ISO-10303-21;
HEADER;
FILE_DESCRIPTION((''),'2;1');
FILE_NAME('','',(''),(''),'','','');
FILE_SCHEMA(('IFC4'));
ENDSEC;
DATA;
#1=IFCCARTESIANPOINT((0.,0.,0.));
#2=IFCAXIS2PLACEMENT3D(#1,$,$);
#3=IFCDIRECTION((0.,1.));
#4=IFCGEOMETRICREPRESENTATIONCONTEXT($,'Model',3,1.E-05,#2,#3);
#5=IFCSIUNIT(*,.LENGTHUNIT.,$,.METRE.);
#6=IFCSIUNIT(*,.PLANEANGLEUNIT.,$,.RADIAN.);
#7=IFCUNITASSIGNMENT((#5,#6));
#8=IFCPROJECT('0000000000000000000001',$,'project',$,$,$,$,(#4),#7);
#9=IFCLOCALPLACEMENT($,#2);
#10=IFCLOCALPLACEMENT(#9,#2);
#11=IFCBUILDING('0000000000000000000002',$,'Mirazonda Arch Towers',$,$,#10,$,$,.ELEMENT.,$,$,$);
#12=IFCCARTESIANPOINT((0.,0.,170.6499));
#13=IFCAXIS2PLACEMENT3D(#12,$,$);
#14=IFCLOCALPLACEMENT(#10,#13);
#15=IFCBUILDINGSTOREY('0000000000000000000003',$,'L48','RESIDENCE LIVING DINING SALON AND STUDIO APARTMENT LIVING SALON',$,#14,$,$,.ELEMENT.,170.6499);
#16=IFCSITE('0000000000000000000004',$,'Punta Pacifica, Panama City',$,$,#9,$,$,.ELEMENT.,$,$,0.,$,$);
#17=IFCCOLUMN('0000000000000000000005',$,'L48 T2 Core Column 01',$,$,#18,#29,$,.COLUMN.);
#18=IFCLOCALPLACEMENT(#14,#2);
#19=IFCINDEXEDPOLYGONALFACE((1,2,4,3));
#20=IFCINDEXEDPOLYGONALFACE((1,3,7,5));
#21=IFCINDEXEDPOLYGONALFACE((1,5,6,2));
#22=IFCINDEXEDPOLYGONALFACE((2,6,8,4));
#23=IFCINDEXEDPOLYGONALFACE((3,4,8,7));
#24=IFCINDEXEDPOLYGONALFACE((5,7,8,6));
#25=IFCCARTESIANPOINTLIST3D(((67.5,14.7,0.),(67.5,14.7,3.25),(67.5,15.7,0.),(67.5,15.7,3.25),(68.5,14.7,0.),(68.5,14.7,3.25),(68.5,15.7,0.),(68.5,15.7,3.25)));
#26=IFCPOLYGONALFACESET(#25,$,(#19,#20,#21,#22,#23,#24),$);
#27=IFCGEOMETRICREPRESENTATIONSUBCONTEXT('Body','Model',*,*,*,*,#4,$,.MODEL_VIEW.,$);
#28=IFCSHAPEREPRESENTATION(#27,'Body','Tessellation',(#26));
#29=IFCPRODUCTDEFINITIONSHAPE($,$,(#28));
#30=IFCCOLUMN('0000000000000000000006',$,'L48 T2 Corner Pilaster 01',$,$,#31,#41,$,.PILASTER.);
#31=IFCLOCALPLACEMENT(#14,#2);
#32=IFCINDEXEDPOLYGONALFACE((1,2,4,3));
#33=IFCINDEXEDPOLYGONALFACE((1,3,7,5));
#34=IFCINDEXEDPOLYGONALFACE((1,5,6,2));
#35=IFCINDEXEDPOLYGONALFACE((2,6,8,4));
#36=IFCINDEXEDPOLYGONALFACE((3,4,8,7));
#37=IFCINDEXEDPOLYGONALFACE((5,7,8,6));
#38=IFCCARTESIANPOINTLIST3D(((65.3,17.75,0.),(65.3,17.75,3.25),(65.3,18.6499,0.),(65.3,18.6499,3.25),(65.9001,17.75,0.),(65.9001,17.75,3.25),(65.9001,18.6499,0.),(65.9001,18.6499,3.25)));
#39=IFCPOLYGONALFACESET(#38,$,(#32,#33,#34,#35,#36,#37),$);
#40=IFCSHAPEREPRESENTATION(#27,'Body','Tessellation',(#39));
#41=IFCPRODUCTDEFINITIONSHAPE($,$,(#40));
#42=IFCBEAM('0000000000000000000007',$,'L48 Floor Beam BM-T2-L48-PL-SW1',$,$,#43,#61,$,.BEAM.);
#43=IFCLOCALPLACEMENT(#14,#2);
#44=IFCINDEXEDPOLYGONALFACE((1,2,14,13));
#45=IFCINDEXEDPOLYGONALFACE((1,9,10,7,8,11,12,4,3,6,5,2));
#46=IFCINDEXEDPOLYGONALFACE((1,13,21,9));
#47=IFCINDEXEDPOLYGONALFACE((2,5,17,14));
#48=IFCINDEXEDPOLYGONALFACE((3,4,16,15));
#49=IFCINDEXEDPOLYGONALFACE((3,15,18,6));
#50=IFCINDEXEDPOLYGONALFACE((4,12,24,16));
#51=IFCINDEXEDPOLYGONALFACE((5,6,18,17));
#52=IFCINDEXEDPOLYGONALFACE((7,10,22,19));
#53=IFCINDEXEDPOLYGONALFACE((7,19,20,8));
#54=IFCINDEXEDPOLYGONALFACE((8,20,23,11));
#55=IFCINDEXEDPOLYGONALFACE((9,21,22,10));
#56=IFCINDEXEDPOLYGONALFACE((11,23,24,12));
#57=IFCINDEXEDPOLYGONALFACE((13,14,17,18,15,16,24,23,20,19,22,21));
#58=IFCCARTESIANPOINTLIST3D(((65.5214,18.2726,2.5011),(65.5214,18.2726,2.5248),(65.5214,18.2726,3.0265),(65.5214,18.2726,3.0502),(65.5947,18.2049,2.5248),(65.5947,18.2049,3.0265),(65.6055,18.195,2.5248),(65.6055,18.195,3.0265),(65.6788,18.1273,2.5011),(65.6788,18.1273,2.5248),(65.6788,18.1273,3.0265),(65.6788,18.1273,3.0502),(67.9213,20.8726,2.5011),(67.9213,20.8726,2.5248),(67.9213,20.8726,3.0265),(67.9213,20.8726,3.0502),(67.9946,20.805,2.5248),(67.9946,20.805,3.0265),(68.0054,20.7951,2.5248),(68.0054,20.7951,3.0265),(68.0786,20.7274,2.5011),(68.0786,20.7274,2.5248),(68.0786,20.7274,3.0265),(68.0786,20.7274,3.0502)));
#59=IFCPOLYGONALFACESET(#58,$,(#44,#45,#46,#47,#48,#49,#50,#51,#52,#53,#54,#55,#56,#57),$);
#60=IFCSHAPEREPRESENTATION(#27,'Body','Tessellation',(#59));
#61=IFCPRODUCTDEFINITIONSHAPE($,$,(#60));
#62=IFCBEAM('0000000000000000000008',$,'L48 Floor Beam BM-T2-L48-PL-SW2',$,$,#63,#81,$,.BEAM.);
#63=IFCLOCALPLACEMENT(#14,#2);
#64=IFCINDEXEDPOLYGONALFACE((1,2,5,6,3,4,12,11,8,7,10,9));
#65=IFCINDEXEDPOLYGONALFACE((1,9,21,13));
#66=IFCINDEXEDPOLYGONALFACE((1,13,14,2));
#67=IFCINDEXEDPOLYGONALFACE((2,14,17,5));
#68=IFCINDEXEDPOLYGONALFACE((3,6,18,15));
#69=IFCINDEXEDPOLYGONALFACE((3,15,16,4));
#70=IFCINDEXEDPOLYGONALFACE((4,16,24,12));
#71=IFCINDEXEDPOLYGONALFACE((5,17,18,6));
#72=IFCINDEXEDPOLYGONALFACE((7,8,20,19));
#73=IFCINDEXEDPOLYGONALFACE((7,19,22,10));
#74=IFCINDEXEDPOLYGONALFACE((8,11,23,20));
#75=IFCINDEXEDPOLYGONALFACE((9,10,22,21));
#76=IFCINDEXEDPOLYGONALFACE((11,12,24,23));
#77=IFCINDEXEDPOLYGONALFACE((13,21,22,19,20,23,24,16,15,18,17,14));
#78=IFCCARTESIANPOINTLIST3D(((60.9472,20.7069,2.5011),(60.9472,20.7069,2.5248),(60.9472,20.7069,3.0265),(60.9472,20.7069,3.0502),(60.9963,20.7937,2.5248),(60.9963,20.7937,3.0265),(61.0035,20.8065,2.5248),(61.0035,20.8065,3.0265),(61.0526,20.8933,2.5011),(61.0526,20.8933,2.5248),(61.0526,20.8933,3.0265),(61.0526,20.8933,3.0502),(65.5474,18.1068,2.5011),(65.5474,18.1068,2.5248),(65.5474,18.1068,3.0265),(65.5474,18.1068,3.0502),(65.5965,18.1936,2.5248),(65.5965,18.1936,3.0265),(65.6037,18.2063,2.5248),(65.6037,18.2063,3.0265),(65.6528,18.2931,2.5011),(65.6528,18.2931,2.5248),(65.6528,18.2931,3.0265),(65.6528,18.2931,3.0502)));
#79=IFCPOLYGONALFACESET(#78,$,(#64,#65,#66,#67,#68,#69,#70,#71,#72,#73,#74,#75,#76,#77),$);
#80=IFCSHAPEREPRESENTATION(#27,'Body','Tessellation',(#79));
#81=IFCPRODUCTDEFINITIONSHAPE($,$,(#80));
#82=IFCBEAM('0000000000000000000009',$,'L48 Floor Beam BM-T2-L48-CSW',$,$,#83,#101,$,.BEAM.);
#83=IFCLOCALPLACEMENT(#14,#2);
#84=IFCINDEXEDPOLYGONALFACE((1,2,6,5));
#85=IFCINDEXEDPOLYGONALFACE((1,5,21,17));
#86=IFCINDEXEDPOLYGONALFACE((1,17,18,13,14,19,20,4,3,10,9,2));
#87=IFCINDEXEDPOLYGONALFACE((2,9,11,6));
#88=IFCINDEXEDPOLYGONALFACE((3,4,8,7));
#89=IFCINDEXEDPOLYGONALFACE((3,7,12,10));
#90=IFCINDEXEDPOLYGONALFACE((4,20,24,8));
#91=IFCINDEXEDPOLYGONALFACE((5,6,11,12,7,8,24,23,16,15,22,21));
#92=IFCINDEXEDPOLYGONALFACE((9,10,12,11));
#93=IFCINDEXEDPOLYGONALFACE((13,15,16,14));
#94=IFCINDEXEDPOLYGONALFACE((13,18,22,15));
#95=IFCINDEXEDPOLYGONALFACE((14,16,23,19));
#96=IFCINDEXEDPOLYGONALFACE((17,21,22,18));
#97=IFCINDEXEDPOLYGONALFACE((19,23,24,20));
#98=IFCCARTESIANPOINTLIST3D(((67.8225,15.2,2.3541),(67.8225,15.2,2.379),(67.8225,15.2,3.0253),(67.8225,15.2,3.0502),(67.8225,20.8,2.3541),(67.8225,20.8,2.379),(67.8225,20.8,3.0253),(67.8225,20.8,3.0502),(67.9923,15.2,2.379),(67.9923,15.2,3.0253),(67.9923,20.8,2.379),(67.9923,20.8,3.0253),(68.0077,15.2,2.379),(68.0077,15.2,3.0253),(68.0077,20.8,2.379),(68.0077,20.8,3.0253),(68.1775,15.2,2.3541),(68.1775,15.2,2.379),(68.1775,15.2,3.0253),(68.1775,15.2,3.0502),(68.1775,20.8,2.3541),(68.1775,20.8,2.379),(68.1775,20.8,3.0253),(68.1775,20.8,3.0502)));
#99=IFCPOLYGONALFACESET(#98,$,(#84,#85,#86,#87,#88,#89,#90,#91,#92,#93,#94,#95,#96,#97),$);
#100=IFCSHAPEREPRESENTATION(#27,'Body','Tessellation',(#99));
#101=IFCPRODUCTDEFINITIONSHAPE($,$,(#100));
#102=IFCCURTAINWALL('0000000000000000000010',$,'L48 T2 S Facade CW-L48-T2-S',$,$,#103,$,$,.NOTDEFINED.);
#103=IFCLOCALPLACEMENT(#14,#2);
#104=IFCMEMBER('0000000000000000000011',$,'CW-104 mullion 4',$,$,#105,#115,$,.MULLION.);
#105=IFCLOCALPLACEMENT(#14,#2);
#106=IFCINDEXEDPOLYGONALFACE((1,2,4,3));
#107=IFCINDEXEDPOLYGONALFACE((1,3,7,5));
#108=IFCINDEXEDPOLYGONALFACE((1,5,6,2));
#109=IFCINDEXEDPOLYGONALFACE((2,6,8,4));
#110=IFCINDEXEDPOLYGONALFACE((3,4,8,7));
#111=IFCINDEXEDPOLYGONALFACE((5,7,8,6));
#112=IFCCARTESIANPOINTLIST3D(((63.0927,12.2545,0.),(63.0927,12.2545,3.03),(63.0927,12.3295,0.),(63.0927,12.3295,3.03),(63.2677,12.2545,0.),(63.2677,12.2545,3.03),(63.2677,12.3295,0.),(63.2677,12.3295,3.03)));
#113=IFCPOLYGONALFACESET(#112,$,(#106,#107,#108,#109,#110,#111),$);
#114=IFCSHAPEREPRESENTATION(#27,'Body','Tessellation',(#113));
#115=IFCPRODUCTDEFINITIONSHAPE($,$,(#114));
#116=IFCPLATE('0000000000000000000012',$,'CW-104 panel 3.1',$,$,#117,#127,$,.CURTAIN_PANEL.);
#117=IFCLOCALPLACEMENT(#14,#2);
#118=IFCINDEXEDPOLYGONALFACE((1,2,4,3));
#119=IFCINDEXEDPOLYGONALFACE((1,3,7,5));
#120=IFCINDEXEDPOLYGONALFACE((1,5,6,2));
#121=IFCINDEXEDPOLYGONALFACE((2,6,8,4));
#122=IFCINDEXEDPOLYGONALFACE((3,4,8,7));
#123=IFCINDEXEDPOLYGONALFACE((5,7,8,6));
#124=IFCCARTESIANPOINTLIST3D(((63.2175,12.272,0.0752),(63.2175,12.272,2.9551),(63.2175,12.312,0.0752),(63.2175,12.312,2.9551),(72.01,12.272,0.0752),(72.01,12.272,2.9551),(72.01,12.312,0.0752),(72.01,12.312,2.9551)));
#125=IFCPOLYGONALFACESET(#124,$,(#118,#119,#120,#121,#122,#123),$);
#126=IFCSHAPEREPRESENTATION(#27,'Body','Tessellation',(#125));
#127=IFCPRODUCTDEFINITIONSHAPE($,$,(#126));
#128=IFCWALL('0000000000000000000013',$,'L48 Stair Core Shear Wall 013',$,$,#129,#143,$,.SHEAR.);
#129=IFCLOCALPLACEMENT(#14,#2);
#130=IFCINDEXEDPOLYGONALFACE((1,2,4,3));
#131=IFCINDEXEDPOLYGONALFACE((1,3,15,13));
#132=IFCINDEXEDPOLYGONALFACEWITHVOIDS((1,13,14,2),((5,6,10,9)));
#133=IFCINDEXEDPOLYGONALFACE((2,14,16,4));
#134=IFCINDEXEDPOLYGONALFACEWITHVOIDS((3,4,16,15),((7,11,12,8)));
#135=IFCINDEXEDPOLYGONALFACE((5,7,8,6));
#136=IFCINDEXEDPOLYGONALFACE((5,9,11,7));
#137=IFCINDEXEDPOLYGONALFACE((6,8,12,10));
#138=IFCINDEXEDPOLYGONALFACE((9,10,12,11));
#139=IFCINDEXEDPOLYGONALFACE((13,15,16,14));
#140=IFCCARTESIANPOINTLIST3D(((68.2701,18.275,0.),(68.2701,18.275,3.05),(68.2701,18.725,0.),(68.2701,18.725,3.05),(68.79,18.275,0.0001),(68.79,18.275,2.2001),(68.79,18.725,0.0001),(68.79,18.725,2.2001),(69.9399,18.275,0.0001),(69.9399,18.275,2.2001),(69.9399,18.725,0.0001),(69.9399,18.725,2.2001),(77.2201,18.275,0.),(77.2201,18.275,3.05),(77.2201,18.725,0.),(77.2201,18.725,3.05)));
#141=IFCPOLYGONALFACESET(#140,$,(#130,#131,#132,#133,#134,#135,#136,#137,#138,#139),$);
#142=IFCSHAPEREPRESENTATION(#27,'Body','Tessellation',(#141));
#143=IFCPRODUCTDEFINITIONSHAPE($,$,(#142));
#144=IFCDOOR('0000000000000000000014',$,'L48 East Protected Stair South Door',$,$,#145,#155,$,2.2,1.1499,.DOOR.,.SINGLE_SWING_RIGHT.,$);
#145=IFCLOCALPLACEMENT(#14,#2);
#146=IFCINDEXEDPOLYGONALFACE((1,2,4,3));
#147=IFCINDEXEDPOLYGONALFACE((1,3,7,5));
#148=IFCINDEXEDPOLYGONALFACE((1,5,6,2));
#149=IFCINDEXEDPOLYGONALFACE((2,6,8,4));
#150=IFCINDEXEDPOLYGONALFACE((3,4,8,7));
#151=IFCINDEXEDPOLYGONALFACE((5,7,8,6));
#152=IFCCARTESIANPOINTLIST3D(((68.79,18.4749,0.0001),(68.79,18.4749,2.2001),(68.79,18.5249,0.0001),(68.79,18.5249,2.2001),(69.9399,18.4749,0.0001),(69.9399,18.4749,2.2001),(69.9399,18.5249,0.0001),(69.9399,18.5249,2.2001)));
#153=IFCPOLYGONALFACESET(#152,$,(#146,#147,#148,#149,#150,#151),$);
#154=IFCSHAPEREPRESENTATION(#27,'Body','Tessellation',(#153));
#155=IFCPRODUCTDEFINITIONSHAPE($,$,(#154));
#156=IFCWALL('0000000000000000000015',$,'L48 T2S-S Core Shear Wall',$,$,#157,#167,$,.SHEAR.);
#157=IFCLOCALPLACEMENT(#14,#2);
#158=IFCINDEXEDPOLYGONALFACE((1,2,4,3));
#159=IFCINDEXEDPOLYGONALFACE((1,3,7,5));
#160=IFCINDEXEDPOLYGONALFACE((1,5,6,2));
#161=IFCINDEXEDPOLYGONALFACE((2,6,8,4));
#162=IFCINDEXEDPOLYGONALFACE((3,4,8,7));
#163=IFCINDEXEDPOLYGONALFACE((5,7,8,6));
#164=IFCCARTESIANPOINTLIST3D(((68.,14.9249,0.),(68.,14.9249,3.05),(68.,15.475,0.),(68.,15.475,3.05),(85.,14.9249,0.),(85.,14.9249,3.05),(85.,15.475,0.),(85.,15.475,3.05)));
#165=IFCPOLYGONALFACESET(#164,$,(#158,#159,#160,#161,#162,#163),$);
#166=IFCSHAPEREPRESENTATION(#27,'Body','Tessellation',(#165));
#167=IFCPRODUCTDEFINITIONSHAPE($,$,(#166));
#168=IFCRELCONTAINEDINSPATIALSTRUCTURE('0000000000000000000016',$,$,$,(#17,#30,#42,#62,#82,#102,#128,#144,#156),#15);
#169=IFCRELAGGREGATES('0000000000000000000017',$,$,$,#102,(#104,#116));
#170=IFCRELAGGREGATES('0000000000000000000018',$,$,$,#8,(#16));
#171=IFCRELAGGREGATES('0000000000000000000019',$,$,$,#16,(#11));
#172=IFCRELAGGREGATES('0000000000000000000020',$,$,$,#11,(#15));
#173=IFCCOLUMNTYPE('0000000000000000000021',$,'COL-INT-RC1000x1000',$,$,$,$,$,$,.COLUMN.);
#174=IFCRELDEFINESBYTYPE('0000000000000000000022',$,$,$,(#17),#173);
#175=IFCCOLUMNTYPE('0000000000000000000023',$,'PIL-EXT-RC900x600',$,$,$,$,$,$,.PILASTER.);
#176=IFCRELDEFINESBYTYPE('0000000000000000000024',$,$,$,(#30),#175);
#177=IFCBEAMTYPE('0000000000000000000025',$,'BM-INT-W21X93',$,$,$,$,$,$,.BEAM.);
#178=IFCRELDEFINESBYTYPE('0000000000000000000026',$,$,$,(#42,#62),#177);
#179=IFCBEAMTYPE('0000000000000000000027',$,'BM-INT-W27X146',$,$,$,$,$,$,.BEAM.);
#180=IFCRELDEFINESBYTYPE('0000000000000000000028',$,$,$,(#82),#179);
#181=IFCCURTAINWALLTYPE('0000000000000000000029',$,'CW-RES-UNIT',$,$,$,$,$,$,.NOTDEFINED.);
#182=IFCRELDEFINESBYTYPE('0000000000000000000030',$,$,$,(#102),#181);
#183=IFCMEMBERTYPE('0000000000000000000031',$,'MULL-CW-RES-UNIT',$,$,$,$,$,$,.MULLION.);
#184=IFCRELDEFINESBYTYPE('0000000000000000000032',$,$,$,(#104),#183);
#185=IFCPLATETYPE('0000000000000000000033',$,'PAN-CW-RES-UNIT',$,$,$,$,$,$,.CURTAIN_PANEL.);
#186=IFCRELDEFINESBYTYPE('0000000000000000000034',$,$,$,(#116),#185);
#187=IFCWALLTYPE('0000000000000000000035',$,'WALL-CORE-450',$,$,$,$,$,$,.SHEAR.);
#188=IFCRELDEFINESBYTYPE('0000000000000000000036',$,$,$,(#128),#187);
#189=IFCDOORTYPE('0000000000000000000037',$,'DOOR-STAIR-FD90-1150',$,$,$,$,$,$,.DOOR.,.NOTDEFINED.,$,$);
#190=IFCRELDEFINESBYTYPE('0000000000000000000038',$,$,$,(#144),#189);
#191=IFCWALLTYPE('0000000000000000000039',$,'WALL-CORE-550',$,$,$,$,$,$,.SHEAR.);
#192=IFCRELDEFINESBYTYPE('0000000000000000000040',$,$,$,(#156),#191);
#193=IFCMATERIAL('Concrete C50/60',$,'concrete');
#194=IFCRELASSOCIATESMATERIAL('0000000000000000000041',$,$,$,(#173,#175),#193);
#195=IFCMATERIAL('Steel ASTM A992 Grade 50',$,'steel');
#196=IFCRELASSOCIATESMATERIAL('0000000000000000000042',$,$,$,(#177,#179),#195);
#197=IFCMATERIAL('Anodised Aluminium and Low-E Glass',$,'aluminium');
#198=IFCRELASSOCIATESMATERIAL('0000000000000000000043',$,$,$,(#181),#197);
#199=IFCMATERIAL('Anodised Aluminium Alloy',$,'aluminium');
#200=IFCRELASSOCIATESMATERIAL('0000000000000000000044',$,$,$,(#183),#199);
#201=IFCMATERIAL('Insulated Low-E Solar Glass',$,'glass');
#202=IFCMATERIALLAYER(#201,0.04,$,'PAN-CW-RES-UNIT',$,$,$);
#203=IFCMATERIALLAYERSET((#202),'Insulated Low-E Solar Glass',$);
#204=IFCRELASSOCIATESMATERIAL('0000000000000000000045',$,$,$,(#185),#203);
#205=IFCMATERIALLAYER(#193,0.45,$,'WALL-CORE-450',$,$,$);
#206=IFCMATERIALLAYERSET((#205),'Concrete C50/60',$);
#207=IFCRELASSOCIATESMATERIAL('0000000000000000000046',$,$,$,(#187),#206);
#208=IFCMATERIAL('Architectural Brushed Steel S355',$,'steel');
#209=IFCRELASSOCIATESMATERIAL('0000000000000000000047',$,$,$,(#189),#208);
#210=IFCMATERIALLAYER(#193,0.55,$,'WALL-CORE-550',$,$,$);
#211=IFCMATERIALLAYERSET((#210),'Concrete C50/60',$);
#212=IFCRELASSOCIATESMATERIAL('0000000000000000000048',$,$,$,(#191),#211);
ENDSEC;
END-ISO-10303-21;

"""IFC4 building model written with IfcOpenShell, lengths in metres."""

from ifc_helpers import new_model, si_unit, direction, frame, frame_2d, origin, origin_2d, place, context, subcontext, project, spatial, rectangle, i_section, extrude, material, layer, layer_set, material_profile, profile_set, type_object, element, fill, aggregate, save


model = new_model("IFC4")

# Units and contexts
model_context = context("Model", 3, precision=1e-05, world=origin(), true_north=direction((0.0, 1.0)))
body_context = subcontext(model_context, "Body", "Model", "MODEL_VIEW")
ifc_project = project(units=[si_unit("LENGTHUNIT", "METRE"), si_unit("PLANEANGLEUNIT", "RADIAN")], contexts=[model_context])

# Site, building, storey
site_placement = place(None, origin())
site = spatial("IfcSite", under=ifc_project, at=site_placement, Name="Punta Pacifica, Panama City", CompositionType="ELEMENT", RefElevation=0.0)
building_placement = place(site_placement, origin())
building = spatial("IfcBuilding", under=site, at=building_placement, Name="Mirazonda Arch Towers", CompositionType="ELEMENT")
storey_placement = place(building_placement, frame((0.0, 0.0, 170.6499)))
storey = spatial("IfcBuildingStorey", under=building, at=storey_placement, Name="L48", Description="RESIDENCE LIVING DINING SALON AND STUDIO APARTMENT LIVING SALON", CompositionType="ELEMENT", Elevation=170.6499)

# Columns
ifc_material_1 = material(Name="Concrete C50/60", Category="concrete")
ifc_material_profile_1 = material_profile(ifc_material_1, rectangle(XDim=1.0, YDim=1.0, at=origin_2d()), Name="RC1000x1000")
ifc_profile_set_1 = profile_set([ifc_material_profile_1], Name="Concrete C50/60")
column_type_1 = type_object("IfcColumnType", Name="COL-INT-RC1000x1000", PredefinedType="COLUMN", material=ifc_profile_set_1)
column_1_placement = place(storey_placement, frame((68.0, 15.2, 0.0), z_axis=(0.0, 0.0, 1.0), x_axis=(1.0, 0.0, 0.0)))
element("IfcColumn", 1, at=column_1_placement, inside=storey, type_object=column_type_1, Name="L48 T2 Core Column 01", PredefinedType="COLUMN", context=body_context, shape_type="SweptSolid", body=[
    extrude(rectangle(XDim=1.0, YDim=1.0, at=origin_2d()), origin(), (0.0, 0.0, 1.0), 3.25),
])
ifc_material_profile_2 = material_profile(ifc_material_1, rectangle(XDim=0.6001, YDim=0.8999, at=origin_2d()), Name="RC900x600")
ifc_profile_set_2 = profile_set([ifc_material_profile_2], Name="Concrete C50/60")
column_type_2 = type_object("IfcColumnType", Name="PIL-EXT-RC900x600", PredefinedType="PILASTER", material=ifc_profile_set_2)
column_2_placement = place(storey_placement, frame((65.6001, 18.2, 0.0), z_axis=(0.0, 0.0, 1.0), x_axis=(1.0, 0.0, 0.0)))
element("IfcColumn", 2, at=column_2_placement, inside=storey, type_object=column_type_2, Name="L48 T2 Corner Pilaster 01", PredefinedType="PILASTER", context=body_context, shape_type="SweptSolid", body=[
    extrude(rectangle(XDim=0.6001, YDim=0.8999, at=origin_2d()), origin(), (0.0, 0.0, 1.0), 3.25),
])

# Beams
ifc_material_2 = material(Name="Steel ASTM A992 Grade 50", Category="steel")
ifc_material_profile_3 = material_profile(ifc_material_2, i_section(OverallWidth=0.2141, OverallDepth=0.5491, WebThickness=0.0146, FlangeThickness=0.0237, at=origin_2d()), Name="W21X93")
ifc_profile_set_3 = profile_set([ifc_material_profile_3], Name="Steel ASTM A992 Grade 50")
beam_type_1 = type_object("IfcBeamType", Name="BM-INT-W21X93", PredefinedType="BEAM", material=ifc_profile_set_3)
beam_1_placement = place(storey_placement, frame((65.6001, 18.2, 2.7756), z_axis=(0.678251, 0.73483, 0.0), x_axis=(-0.73483, 0.678251, 0.0)))
element("IfcBeam", 3, at=beam_1_placement, inside=storey, type_object=beam_type_1, Name="L48 Floor Beam BM-T2-L48-PL-SW1", PredefinedType="BEAM", context=body_context, shape_type="SweptSolid", body=[
    extrude(i_section(OverallWidth=0.2141, OverallDepth=0.5491, WebThickness=0.0146, FlangeThickness=0.0237, at=origin_2d()), origin(), (0.0, 0.0, 1.0), 3.5383),
])
beam_2_placement = place(storey_placement, frame((65.6001, 18.2, 2.7756), z_axis=(-0.870559, 0.492063, 0.0), x_axis=(-0.492063, -0.870559, 0.0)))
element("IfcBeam", 4, at=beam_2_placement, inside=storey, type_object=beam_type_1, Name="L48 Floor Beam BM-T2-L48-PL-SW2", PredefinedType="BEAM", context=body_context, shape_type="SweptSolid", body=[
    extrude(i_section(OverallWidth=0.2141, OverallDepth=0.5491, WebThickness=0.0146, FlangeThickness=0.0237, at=origin_2d()), origin(), (0.0, 0.0, 1.0), 5.2842),
])
ifc_material_profile_4 = material_profile(ifc_material_2, i_section(OverallWidth=0.355, OverallDepth=0.696, WebThickness=0.0154, FlangeThickness=0.0249, at=origin_2d()), Name="W27X146")
ifc_profile_set_4 = profile_set([ifc_material_profile_4], Name="Steel ASTM A992 Grade 50")
beam_type_2 = type_object("IfcBeamType", Name="BM-INT-W27X146", PredefinedType="BEAM", material=ifc_profile_set_4)
beam_3_placement = place(storey_placement, frame((68.0, 15.2, 2.7021), z_axis=(0.0, 1.0, 0.0), x_axis=(-1.0, 0.0, 0.0)))
element("IfcBeam", 5, at=beam_3_placement, inside=storey, type_object=beam_type_2, Name="L48 Floor Beam BM-T2-L48-CSW", PredefinedType="BEAM", context=body_context, shape_type="SweptSolid", body=[
    extrude(i_section(OverallWidth=0.355, OverallDepth=0.696, WebThickness=0.0154, FlangeThickness=0.0249, at=origin_2d()), origin(), (0.0, 0.0, 1.0), 5.6001),
])

# Curtain wall, member, plate
ifc_material_3 = material(Name="Anodised Aluminium and Low-E Glass", Category="aluminium")
curtain_wall_type = type_object("IfcCurtainWallType", Name="CW-RES-UNIT", PredefinedType="NOTDEFINED", material=ifc_material_3)
curtain_wall_placement = place(storey_placement, origin())
curtain_wall = element("IfcCurtainWall", 6, at=curtain_wall_placement, inside=storey, type_object=curtain_wall_type, Name="L48 T2 S Facade CW-L48-T2-S", PredefinedType="NOTDEFINED")
ifc_material_4 = material(Name="Anodised Aluminium Alloy", Category="aluminium")
ifc_material_profile_5 = material_profile(ifc_material_4, rectangle(XDim=0.075, YDim=0.175, at=origin_2d()), Name="ALU-MULL-75x175")
ifc_profile_set_5 = profile_set([ifc_material_profile_5], Name="Anodised Aluminium Alloy")
member_type = type_object("IfcMemberType", Name="MULL-CW-RES-UNIT", PredefinedType="MULLION", material=ifc_profile_set_5)
member_placement = place(storey_placement, frame((63.1802, 12.292, 0.0), z_axis=(0.0, 0.0, 1.0), x_axis=(0.0, -1.0, 0.0)))
member = element("IfcMember", 7, at=member_placement, type_object=member_type, Name="CW-104 mullion 4", PredefinedType="MULLION", context=body_context, shape_type="SweptSolid", body=[
    extrude(rectangle(XDim=0.075, YDim=0.175, at=origin_2d()), origin(), (0.0, 0.0, 1.0), 3.03),
])
ifc_material_5 = material(Name="Insulated Low-E Solar Glass", Category="glass")
ifc_layer_1 = layer(ifc_material_5, 0.04, Name="PAN-CW-RES-UNIT")
ifc_layer_set_1 = layer_set([ifc_layer_1], Name="Insulated Low-E Solar Glass")
plate_type = type_object("IfcPlateType", Name="PAN-CW-RES-UNIT", PredefinedType="CURTAIN_PANEL", material=ifc_layer_set_1)
plate_placement = place(storey_placement, frame((67.6138, 12.292, 0.0752), z_axis=(0.0, 0.0, 1.0), x_axis=(-1.0, 0.0, 0.0)))
plate = element("IfcPlate", 8, at=plate_placement, type_object=plate_type, Name="CW-104 panel 3.1", PredefinedType="CURTAIN_PANEL", context=body_context, shape_type="SweptSolid", body=[
    extrude(rectangle(XDim=8.7925, YDim=0.04, at=origin_2d()), origin(), (0.0, 0.0, 1.0), 2.8799),
])
aggregate(curtain_wall, [member, plate])

# Wall, opening, door
ifc_layer_2 = layer(ifc_material_1, 0.45, Name="WALL-CORE-450")
ifc_layer_set_2 = layer_set([ifc_layer_2], Name="Concrete C50/60")
wall_type_1 = type_object("IfcWallType", Name="WALL-CORE-450", PredefinedType="SHEAR", material=ifc_layer_set_2)
wall_1_placement = place(storey_placement, frame((68.27, 18.5, 0.0), z_axis=(0.0, 0.0, 1.0), x_axis=(1.0, 0.0, 0.0)))
wall_1 = element("IfcWall", 9, at=wall_1_placement, inside=storey, type_object=wall_type_1, Name="L48 Stair Core Shear Wall 013", PredefinedType="SHEAR", context=body_context, shape_type="SweptSolid", body=[
    extrude(rectangle(XDim=8.95, YDim=0.45, at=frame_2d((4.4751, 0.0))), origin(), (0.0, 0.0, 1.0), 3.05),
])
opening_placement = place(wall_1_placement, frame((0.52, 0.0, 0.0)))
opening = element("IfcOpeningElement", 10, at=opening_placement, cuts=wall_1, PredefinedType="OPENING", context=body_context, shape_type="SweptSolid", body=[
    extrude(rectangle(XDim=1.1499, YDim=2.2, at=frame_2d((0.575, 1.1001))), frame((0.0, 0.2349, 0.0), z_axis=(0.0, -1.0, 0.0), x_axis=(1.0, 0.0, 0.0)), (0.0, 0.0, 1.0), 0.47),
])
ifc_material_6 = material(Name="Architectural Brushed Steel S355", Category="steel")
door_type = type_object("IfcDoorType", Name="DOOR-STAIR-FD90-1150", OperationType="NOTDEFINED", PredefinedType="DOOR", material=ifc_material_6)
door_placement = place(opening_placement, origin())
door = element("IfcDoor", 11, at=door_placement, inside=storey, type_object=door_type, Name="L48 East Protected Stair South Door", OperationType="SINGLE_SWING_RIGHT", OverallHeight=2.2, OverallWidth=1.1499, PredefinedType="DOOR", context=body_context, shape_type="SweptSolid", body=[
    extrude(rectangle(XDim=1.1499, YDim=2.2, at=frame_2d((0.575, 1.1001))), frame((0.0, 0.0249, 0.0), z_axis=(0.0, -1.0, 0.0), x_axis=(1.0, 0.0, 0.0)), (0.0, 0.0, 1.0), 0.05),
])
fill(opening, door)

# Wall
ifc_layer_3 = layer(ifc_material_1, 0.55, Name="WALL-CORE-550")
ifc_layer_set_3 = layer_set([ifc_layer_3], Name="Concrete C50/60")
wall_type_2 = type_object("IfcWallType", Name="WALL-CORE-550", PredefinedType="SHEAR", material=ifc_layer_set_3)
wall_2_placement = place(storey_placement, frame((68.0, 15.2, 0.0), z_axis=(0.0, 0.0, 1.0), x_axis=(1.0, 0.0, 0.0)))
element("IfcWall", 12, at=wall_2_placement, inside=storey, type_object=wall_type_2, Name="L48 T2S-S Core Shear Wall", PredefinedType="SHEAR", context=body_context, shape_type="SweptSolid", body=[
    extrude(rectangle(XDim=17.0, YDim=0.55, at=frame_2d((8.5, 0.0))), origin(), (0.0, 0.0, 1.0), 3.05),
])

save(model, "model.ifc")
